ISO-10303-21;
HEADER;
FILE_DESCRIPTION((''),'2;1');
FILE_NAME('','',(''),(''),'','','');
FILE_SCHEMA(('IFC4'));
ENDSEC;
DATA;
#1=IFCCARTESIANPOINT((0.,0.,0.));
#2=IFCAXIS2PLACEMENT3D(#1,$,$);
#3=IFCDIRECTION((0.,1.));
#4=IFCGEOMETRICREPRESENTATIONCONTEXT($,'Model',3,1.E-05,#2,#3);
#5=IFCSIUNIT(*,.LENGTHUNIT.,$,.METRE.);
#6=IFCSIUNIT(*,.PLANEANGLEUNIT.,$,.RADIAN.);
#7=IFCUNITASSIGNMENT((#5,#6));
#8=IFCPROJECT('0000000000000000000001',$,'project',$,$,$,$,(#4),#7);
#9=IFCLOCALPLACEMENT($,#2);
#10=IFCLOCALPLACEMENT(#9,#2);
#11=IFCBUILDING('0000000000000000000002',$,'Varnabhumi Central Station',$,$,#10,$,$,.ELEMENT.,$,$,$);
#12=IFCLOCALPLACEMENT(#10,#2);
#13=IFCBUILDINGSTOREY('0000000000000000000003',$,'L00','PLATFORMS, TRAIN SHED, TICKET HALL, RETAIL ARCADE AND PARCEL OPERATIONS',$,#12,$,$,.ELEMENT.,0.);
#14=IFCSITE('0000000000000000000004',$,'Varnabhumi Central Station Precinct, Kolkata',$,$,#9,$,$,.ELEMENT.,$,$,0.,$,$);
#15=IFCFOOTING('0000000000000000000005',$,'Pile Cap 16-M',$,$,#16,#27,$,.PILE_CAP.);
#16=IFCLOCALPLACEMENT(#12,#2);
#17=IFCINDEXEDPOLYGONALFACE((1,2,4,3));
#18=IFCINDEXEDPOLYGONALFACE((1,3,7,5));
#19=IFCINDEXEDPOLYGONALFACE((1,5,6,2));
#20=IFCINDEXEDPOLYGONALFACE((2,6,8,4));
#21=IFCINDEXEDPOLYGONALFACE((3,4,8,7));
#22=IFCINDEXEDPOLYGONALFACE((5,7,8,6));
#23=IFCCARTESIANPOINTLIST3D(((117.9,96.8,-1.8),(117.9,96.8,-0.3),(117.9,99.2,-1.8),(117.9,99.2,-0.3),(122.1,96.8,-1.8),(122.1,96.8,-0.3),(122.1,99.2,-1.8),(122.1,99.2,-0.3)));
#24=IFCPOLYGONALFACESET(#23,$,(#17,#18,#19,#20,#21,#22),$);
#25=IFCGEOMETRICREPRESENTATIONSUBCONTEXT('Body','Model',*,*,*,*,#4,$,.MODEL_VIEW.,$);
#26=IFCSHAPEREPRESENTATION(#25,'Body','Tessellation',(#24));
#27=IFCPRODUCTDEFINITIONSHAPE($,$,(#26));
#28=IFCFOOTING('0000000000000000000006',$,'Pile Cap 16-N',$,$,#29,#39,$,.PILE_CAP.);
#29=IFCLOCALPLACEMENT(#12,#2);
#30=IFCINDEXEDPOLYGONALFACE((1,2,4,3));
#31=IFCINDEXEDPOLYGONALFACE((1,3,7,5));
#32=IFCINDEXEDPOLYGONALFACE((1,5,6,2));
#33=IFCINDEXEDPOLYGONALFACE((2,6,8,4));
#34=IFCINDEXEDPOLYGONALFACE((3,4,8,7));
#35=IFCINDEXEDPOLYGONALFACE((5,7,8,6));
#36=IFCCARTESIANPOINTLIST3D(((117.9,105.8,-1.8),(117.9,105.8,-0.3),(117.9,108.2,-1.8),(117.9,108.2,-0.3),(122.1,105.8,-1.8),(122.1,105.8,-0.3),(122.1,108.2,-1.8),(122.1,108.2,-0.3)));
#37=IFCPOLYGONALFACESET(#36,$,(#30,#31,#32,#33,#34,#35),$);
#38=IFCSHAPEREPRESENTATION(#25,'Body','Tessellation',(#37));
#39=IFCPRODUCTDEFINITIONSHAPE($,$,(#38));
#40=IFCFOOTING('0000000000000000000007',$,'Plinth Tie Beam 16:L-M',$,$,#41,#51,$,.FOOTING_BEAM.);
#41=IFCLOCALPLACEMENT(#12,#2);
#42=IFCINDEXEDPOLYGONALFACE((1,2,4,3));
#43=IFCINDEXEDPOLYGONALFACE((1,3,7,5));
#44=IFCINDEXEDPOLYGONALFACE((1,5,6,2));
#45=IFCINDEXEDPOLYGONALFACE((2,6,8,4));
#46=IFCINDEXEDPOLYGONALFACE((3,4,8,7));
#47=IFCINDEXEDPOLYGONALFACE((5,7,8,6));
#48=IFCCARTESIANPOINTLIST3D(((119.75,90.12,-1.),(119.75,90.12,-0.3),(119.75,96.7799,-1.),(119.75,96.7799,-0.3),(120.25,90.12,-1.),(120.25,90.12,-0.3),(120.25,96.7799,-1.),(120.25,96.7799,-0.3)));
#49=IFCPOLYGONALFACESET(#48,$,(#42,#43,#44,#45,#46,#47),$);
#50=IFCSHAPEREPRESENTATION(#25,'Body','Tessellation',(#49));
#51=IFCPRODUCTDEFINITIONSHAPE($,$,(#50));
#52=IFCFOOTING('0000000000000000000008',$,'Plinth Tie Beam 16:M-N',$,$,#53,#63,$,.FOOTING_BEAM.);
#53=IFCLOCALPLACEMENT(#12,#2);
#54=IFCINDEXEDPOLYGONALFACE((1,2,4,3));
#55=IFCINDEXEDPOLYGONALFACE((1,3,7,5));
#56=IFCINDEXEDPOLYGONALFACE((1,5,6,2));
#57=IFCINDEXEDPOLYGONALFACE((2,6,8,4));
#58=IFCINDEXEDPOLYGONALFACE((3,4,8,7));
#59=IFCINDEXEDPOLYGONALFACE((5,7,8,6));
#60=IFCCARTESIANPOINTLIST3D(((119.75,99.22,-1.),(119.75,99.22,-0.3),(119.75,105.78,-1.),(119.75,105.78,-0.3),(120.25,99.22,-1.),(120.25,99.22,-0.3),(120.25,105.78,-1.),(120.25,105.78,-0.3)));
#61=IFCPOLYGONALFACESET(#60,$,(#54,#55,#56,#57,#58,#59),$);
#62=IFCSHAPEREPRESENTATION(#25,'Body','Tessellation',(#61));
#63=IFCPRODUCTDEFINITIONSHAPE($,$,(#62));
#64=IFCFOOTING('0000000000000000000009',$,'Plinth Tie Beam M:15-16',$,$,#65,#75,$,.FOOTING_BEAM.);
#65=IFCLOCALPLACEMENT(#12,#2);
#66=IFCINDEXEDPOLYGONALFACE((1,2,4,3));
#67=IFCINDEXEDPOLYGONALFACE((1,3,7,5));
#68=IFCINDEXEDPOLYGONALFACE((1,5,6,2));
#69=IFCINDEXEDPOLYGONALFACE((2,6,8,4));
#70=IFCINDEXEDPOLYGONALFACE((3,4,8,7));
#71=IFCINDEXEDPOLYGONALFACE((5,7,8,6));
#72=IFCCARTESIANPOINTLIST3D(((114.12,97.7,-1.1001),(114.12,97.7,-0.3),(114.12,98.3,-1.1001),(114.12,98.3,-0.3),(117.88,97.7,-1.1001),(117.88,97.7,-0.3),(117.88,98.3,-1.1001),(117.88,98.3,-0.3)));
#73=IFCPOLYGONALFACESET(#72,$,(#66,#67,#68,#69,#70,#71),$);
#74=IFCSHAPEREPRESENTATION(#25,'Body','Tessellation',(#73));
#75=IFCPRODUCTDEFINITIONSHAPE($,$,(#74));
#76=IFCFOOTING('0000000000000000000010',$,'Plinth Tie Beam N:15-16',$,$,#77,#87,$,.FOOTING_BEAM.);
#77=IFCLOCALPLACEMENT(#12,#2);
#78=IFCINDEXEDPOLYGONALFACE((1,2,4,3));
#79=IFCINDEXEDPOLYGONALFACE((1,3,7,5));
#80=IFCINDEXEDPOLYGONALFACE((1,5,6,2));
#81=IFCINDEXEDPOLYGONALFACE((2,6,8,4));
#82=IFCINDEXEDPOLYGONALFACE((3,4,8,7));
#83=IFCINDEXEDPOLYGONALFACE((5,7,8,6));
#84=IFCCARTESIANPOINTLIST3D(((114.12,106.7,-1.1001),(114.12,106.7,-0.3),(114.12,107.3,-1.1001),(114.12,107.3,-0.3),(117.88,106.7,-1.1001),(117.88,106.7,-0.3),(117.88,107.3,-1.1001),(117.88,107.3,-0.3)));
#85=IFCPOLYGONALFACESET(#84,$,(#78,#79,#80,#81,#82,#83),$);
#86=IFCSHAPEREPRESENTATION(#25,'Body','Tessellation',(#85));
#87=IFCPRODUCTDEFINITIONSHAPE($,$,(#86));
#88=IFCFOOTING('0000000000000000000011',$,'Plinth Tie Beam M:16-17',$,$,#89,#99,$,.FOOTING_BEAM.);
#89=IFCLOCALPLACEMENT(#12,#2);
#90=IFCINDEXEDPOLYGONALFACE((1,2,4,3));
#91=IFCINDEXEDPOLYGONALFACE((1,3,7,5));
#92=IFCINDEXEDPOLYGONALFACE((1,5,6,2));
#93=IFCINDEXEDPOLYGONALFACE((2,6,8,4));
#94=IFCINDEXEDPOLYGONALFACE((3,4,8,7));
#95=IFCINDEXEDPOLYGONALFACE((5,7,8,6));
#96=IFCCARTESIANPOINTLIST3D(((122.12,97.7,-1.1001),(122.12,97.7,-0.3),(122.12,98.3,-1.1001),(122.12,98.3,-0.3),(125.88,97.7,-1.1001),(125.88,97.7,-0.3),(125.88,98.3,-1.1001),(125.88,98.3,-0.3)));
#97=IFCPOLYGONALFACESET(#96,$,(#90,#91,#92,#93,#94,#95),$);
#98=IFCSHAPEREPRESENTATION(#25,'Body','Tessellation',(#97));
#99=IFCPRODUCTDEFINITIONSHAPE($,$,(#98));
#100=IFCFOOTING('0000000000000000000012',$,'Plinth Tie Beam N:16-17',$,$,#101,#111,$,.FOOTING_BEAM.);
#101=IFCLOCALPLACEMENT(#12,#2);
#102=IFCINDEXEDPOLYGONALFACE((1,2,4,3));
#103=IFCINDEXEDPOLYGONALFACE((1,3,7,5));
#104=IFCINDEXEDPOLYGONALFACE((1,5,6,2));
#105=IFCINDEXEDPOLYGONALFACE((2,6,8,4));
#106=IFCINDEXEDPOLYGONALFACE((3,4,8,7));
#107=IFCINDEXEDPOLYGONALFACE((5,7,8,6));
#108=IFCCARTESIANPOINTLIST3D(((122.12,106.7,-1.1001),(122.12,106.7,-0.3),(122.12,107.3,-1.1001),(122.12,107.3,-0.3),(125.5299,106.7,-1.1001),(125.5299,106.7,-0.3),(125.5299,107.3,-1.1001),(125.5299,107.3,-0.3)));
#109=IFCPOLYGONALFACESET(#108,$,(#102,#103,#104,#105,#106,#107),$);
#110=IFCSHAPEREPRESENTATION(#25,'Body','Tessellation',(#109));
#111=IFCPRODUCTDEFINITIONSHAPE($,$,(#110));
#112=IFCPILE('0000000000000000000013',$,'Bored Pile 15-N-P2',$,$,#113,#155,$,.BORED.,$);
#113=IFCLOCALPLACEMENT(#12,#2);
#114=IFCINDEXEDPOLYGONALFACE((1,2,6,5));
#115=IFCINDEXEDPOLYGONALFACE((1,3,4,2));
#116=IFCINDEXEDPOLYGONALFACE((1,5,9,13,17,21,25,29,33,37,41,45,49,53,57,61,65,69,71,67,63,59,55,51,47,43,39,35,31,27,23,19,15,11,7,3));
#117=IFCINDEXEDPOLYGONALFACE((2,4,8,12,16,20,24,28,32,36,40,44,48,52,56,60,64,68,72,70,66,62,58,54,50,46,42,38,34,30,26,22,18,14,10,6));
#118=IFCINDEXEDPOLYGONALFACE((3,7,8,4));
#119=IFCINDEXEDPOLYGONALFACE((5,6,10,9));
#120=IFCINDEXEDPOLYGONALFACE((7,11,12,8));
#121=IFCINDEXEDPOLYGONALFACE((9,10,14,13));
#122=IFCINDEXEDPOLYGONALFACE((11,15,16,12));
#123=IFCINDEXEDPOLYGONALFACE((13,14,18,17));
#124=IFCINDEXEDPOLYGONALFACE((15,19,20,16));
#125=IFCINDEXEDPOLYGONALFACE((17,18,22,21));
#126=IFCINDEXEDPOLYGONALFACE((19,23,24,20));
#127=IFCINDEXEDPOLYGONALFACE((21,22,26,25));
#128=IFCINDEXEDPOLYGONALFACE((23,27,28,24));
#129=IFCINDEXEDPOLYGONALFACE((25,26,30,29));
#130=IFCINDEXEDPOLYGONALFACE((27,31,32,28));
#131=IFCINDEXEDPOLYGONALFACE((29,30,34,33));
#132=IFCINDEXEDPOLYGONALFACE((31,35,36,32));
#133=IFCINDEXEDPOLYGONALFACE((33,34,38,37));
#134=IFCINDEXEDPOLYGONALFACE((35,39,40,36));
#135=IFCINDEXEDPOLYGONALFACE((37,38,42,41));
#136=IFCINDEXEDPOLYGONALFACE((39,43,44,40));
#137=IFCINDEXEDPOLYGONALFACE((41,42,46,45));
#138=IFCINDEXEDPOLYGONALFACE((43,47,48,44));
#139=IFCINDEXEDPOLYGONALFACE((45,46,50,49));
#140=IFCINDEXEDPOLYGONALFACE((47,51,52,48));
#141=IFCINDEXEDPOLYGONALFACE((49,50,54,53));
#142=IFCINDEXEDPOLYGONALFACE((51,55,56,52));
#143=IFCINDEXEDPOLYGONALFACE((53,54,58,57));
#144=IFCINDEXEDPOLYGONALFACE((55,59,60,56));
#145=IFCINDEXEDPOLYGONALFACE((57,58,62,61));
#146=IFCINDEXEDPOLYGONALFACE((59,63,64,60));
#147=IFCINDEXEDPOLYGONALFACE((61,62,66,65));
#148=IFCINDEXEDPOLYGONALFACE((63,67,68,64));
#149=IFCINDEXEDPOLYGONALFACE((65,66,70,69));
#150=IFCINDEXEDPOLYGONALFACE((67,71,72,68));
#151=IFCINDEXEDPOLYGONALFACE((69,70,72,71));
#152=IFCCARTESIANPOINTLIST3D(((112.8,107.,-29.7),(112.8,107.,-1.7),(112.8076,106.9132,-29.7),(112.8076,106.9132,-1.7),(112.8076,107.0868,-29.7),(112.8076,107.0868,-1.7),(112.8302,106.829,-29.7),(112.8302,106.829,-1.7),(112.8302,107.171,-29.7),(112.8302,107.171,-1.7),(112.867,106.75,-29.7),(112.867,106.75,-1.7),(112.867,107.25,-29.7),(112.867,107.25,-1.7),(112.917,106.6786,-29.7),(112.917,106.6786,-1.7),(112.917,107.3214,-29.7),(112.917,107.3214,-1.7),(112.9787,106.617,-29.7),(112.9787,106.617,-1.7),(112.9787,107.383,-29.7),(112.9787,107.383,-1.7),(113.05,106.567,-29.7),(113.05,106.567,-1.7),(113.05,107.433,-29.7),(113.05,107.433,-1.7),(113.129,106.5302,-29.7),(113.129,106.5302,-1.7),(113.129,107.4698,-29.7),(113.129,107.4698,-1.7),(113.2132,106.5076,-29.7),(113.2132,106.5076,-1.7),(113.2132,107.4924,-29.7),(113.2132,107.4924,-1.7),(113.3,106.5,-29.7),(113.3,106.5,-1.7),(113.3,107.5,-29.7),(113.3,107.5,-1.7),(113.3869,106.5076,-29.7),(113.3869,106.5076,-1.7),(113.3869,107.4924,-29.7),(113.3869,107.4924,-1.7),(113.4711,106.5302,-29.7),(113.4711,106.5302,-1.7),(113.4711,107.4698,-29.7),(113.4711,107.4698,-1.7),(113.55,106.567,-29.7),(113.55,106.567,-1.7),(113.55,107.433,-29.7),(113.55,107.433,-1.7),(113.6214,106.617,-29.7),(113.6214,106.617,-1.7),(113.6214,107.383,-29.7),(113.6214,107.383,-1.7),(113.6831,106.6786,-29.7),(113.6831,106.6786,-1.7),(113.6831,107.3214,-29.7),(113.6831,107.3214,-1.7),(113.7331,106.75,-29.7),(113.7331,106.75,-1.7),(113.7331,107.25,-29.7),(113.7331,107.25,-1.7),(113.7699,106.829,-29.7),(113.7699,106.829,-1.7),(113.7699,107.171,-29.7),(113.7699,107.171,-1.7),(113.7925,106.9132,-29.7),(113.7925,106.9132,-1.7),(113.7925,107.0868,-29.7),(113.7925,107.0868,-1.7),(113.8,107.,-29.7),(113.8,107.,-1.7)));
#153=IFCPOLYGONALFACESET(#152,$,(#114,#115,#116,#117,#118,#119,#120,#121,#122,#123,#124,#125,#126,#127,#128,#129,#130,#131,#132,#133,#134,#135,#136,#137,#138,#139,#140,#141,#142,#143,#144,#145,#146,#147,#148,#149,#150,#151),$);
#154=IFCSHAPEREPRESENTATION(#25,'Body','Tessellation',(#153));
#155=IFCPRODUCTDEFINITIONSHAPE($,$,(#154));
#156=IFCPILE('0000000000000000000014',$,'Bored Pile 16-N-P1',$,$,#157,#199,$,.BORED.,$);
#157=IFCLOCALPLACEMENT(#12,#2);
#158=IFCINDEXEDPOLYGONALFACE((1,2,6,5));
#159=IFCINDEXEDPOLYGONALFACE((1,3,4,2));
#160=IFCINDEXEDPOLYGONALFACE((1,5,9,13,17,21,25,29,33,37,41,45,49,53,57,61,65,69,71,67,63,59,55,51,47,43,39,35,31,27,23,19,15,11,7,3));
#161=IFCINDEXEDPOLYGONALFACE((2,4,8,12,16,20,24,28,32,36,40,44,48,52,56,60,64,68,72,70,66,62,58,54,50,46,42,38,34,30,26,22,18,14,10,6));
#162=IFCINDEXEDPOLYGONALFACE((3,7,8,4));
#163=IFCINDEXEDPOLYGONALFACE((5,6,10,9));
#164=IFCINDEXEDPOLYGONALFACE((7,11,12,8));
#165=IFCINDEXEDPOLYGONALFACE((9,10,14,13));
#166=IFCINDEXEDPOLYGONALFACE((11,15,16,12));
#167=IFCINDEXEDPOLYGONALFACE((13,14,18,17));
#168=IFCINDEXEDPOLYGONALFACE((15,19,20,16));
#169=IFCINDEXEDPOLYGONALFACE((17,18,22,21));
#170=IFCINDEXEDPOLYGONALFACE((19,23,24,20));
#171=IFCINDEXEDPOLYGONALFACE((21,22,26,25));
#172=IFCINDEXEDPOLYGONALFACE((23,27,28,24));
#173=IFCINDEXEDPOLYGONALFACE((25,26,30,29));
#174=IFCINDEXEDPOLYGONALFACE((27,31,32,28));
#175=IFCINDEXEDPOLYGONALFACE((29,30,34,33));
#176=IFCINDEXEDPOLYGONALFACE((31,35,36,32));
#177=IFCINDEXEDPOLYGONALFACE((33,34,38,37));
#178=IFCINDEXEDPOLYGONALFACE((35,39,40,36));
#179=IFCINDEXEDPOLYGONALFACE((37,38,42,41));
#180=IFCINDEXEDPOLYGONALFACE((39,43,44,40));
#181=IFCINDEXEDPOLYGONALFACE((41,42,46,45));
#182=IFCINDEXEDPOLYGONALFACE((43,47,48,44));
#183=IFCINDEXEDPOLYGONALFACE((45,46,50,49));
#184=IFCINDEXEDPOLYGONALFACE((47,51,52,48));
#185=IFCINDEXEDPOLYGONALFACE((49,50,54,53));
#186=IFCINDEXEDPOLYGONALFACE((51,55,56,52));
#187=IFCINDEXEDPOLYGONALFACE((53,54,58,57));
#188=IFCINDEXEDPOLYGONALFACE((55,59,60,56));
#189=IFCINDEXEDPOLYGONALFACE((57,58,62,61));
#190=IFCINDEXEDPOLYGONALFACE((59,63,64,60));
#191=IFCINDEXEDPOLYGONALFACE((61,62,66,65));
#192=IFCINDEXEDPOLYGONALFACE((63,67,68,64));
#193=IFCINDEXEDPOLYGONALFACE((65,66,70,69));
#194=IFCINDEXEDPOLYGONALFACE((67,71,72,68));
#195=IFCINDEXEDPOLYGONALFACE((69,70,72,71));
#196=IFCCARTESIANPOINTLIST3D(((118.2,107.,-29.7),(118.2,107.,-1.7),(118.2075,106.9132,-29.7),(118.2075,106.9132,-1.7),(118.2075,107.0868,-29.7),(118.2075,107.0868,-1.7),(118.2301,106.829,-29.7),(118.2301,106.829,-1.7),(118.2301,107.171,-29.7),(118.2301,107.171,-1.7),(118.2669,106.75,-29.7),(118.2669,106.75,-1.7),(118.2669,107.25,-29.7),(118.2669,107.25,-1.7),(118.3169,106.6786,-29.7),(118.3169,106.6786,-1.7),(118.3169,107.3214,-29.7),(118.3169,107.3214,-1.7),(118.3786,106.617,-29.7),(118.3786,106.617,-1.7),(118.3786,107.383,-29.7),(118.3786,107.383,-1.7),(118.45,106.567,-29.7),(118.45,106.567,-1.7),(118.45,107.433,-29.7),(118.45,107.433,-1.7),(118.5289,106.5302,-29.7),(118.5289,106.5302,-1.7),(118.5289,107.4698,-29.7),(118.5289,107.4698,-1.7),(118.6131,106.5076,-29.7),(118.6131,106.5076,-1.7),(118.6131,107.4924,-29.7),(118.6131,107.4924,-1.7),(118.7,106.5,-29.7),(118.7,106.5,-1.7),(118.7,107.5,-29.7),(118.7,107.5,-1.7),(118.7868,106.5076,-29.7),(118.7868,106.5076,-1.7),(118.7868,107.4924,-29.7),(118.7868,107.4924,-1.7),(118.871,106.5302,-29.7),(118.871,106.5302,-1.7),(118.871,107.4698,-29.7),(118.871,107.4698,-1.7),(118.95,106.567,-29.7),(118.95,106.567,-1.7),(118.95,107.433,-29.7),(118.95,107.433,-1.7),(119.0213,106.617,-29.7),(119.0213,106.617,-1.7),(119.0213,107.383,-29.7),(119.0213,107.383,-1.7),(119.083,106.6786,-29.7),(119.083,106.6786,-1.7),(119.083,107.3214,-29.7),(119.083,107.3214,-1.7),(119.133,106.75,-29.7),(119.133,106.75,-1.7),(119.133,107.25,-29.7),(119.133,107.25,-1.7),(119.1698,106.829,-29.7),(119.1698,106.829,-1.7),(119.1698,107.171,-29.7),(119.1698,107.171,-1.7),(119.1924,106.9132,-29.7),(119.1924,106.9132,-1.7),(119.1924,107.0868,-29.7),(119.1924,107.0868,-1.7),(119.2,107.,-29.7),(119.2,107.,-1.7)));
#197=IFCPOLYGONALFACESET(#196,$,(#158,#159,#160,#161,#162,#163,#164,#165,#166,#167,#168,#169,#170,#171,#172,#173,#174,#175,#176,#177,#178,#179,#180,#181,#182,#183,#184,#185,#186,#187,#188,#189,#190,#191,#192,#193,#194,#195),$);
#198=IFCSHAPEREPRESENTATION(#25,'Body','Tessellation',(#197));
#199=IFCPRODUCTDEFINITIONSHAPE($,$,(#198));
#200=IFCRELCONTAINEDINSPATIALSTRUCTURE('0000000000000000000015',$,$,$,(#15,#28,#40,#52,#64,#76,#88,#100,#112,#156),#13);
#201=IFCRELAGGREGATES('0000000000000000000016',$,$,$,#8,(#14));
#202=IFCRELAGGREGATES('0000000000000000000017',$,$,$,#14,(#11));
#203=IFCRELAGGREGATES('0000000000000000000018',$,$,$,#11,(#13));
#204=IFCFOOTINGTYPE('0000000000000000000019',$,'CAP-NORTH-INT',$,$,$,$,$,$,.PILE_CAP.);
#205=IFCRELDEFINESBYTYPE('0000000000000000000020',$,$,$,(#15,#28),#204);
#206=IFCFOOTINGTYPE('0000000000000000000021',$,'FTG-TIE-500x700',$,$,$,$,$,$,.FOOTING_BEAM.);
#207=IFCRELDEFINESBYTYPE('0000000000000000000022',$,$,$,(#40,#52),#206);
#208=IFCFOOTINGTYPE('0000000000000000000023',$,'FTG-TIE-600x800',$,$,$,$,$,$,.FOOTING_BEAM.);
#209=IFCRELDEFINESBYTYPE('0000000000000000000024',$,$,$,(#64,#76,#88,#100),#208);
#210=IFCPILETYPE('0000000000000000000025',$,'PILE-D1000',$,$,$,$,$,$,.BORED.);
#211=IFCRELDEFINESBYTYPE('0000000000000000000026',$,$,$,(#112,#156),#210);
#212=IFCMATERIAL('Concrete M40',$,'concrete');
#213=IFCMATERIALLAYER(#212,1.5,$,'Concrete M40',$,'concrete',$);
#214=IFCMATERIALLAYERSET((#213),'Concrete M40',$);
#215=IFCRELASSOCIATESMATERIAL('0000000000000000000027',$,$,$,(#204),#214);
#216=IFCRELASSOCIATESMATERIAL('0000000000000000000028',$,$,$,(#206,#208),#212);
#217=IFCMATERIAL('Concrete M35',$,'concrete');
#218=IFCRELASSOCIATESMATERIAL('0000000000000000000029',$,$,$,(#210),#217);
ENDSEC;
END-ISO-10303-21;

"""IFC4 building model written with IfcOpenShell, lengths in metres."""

from ifc_helpers import new_model, si_unit, direction, frame, origin, origin_2d, place, context, subcontext, project, spatial, rectangle, circle, extrude, material, layer, layer_set, material_profile, profile_set, type_object, element, save


model = new_model("IFC4")

# Units and contexts
model_context = context("Model", 3, precision=1e-05, world=origin(), true_north=direction((0.0, 1.0)))
body_context = subcontext(model_context, "Body", "Model", "MODEL_VIEW")
ifc_project = project(units=[si_unit("LENGTHUNIT", "METRE"), si_unit("PLANEANGLEUNIT", "RADIAN")], contexts=[model_context])

# Site, building, storey
site_placement = place(None, origin())
site = spatial("IfcSite", under=ifc_project, at=site_placement, Name="Varnabhumi Central Station Precinct, Kolkata", CompositionType="ELEMENT", RefElevation=0.0)
building_placement = place(site_placement, origin())
building = spatial("IfcBuilding", under=site, at=building_placement, Name="Varnabhumi Central Station", CompositionType="ELEMENT")
storey_placement = place(building_placement, origin())
storey = spatial("IfcBuildingStorey", under=building, at=storey_placement, Name="L00", Description="PLATFORMS, TRAIN SHED, TICKET HALL, RETAIL ARCADE AND PARCEL OPERATIONS", CompositionType="ELEMENT", Elevation=0.0)

# Footings
ifc_material_1 = material(Name="Concrete M40", Category="concrete")
ifc_layer_1 = layer(ifc_material_1, 1.5, Name="Concrete M40", Category="concrete")
ifc_layer_set_1 = layer_set([ifc_layer_1], Name="Concrete M40")
footing_type_1 = type_object("IfcFootingType", Name="CAP-NORTH-INT", PredefinedType="PILE_CAP", material=ifc_layer_set_1)
for number, where, z_axis, x_axis, name in (
    (1, (120.0, 98.0, -1.8), (0.0, 0.0, 1.0), (1.0, 0.0, 0.0), "Pile Cap 16-M"),
    (2, (120.0, 107.0, -1.8), (0.0, 0.0, 1.0), (1.0, 0.0, 0.0), "Pile Cap 16-N"),
):
    element("IfcFooting", number, at=place(storey_placement, frame(where, z_axis=z_axis, x_axis=x_axis)), inside=storey, type_object=footing_type_1, Name=name, PredefinedType="PILE_CAP", context=body_context, shape_type="SweptSolid", body=[
        extrude(rectangle(XDim=4.2, YDim=2.3999, at=origin_2d()), origin(), (0.0, 0.0, 1.0), 1.5),
    ])
footing_type_2 = type_object("IfcFootingType", Name="FTG-TIE-500x700", PredefinedType="FOOTING_BEAM", material=ifc_material_1)
footing_1_placement = place(storey_placement, frame((120.0, 93.45, -1.0), z_axis=(0.0, 0.0, 1.0), x_axis=(1.0, 0.0, 0.0)))
element("IfcFooting", 3, at=footing_1_placement, inside=storey, type_object=footing_type_2, Name="Plinth Tie Beam 16:L-M", PredefinedType="FOOTING_BEAM", context=body_context, shape_type="SweptSolid", body=[
    extrude(rectangle(XDim=0.5, YDim=6.6599, at=origin_2d()), origin(), (0.0, 0.0, 1.0), 0.7),
])
footing_2_placement = place(storey_placement, frame((120.0, 102.5, -1.0), z_axis=(0.0, 0.0, 1.0), x_axis=(1.0, 0.0, 0.0)))
element("IfcFooting", 4, at=footing_2_placement, inside=storey, type_object=footing_type_2, Name="Plinth Tie Beam 16:M-N", PredefinedType="FOOTING_BEAM", context=body_context, shape_type="SweptSolid", body=[
    extrude(rectangle(XDim=0.5, YDim=6.5601, at=origin_2d()), origin(), (0.0, 0.0, 1.0), 0.7),
])
footing_type_3 = type_object("IfcFootingType", Name="FTG-TIE-600x800", PredefinedType="FOOTING_BEAM", material=ifc_material_1)
for number, where, z_axis, x_axis, name in (
    (5, (116.0, 98.0, -1.1001), (0.0, 0.0, 1.0), (1.0, 0.0, 0.0), "Plinth Tie Beam M:15-16"),
    (6, (116.0, 107.0, -1.1001), (0.0, 0.0, 1.0), (1.0, 0.0, 0.0), "Plinth Tie Beam N:15-16"),
    (7, (124.0, 98.0, -1.1001), (0.0, 0.0, 1.0), (1.0, 0.0, 0.0), "Plinth Tie Beam M:16-17"),
):
    element("IfcFooting", number, at=place(storey_placement, frame(where, z_axis=z_axis, x_axis=x_axis)), inside=storey, type_object=footing_type_3, Name=name, PredefinedType="FOOTING_BEAM", context=body_context, shape_type="SweptSolid", body=[
        extrude(rectangle(XDim=3.76, YDim=0.6001, at=origin_2d()), origin(), (0.0, 0.0, 1.0), 0.8),
    ])
footing_3_placement = place(storey_placement, frame((123.825, 107.0, -1.1001), z_axis=(0.0, 0.0, 1.0), x_axis=(1.0, 0.0, 0.0)))
element("IfcFooting", 8, at=footing_3_placement, inside=storey, type_object=footing_type_3, Name="Plinth Tie Beam N:16-17", PredefinedType="FOOTING_BEAM", context=body_context, shape_type="SweptSolid", body=[
    extrude(rectangle(XDim=3.4099, YDim=0.6001, at=origin_2d()), origin(), (0.0, 0.0, 1.0), 0.8),
])

# Piles
ifc_material_2 = material(Name="Concrete M35", Category="concrete")
ifc_material_profile_1 = material_profile(ifc_material_2, circle(Radius=0.5, at=origin_2d()), Name="Concrete M35", Category="concrete")
ifc_profile_set_1 = profile_set([ifc_material_profile_1], Name="Concrete M35")
pile_type_1 = type_object("IfcPileType", Name="PILE-D1000", PredefinedType="BORED", material=ifc_profile_set_1)
for number, where, z_axis, x_axis, name in (
    (9, (113.3, 107.0, -1.7), (0.0, 0.0, -1.0), (1.0, 0.0, 0.0), "Bored Pile 15-N-P2"),
    (10, (118.7, 107.0, -1.7), (0.0, 0.0, -1.0), (1.0, 0.0, 0.0), "Bored Pile 16-N-P1"),
):
    element("IfcPile", number, at=place(storey_placement, frame(where, z_axis=z_axis, x_axis=x_axis)), inside=storey, type_object=pile_type_1, Name=name, PredefinedType="BORED", context=body_context, shape_type="SweptSolid", body=[
        extrude(circle(Radius=0.5, at=origin_2d()), origin(), (0.0, 0.0, 1.0), 28.0),
    ])

save(model, "model.ifc")
